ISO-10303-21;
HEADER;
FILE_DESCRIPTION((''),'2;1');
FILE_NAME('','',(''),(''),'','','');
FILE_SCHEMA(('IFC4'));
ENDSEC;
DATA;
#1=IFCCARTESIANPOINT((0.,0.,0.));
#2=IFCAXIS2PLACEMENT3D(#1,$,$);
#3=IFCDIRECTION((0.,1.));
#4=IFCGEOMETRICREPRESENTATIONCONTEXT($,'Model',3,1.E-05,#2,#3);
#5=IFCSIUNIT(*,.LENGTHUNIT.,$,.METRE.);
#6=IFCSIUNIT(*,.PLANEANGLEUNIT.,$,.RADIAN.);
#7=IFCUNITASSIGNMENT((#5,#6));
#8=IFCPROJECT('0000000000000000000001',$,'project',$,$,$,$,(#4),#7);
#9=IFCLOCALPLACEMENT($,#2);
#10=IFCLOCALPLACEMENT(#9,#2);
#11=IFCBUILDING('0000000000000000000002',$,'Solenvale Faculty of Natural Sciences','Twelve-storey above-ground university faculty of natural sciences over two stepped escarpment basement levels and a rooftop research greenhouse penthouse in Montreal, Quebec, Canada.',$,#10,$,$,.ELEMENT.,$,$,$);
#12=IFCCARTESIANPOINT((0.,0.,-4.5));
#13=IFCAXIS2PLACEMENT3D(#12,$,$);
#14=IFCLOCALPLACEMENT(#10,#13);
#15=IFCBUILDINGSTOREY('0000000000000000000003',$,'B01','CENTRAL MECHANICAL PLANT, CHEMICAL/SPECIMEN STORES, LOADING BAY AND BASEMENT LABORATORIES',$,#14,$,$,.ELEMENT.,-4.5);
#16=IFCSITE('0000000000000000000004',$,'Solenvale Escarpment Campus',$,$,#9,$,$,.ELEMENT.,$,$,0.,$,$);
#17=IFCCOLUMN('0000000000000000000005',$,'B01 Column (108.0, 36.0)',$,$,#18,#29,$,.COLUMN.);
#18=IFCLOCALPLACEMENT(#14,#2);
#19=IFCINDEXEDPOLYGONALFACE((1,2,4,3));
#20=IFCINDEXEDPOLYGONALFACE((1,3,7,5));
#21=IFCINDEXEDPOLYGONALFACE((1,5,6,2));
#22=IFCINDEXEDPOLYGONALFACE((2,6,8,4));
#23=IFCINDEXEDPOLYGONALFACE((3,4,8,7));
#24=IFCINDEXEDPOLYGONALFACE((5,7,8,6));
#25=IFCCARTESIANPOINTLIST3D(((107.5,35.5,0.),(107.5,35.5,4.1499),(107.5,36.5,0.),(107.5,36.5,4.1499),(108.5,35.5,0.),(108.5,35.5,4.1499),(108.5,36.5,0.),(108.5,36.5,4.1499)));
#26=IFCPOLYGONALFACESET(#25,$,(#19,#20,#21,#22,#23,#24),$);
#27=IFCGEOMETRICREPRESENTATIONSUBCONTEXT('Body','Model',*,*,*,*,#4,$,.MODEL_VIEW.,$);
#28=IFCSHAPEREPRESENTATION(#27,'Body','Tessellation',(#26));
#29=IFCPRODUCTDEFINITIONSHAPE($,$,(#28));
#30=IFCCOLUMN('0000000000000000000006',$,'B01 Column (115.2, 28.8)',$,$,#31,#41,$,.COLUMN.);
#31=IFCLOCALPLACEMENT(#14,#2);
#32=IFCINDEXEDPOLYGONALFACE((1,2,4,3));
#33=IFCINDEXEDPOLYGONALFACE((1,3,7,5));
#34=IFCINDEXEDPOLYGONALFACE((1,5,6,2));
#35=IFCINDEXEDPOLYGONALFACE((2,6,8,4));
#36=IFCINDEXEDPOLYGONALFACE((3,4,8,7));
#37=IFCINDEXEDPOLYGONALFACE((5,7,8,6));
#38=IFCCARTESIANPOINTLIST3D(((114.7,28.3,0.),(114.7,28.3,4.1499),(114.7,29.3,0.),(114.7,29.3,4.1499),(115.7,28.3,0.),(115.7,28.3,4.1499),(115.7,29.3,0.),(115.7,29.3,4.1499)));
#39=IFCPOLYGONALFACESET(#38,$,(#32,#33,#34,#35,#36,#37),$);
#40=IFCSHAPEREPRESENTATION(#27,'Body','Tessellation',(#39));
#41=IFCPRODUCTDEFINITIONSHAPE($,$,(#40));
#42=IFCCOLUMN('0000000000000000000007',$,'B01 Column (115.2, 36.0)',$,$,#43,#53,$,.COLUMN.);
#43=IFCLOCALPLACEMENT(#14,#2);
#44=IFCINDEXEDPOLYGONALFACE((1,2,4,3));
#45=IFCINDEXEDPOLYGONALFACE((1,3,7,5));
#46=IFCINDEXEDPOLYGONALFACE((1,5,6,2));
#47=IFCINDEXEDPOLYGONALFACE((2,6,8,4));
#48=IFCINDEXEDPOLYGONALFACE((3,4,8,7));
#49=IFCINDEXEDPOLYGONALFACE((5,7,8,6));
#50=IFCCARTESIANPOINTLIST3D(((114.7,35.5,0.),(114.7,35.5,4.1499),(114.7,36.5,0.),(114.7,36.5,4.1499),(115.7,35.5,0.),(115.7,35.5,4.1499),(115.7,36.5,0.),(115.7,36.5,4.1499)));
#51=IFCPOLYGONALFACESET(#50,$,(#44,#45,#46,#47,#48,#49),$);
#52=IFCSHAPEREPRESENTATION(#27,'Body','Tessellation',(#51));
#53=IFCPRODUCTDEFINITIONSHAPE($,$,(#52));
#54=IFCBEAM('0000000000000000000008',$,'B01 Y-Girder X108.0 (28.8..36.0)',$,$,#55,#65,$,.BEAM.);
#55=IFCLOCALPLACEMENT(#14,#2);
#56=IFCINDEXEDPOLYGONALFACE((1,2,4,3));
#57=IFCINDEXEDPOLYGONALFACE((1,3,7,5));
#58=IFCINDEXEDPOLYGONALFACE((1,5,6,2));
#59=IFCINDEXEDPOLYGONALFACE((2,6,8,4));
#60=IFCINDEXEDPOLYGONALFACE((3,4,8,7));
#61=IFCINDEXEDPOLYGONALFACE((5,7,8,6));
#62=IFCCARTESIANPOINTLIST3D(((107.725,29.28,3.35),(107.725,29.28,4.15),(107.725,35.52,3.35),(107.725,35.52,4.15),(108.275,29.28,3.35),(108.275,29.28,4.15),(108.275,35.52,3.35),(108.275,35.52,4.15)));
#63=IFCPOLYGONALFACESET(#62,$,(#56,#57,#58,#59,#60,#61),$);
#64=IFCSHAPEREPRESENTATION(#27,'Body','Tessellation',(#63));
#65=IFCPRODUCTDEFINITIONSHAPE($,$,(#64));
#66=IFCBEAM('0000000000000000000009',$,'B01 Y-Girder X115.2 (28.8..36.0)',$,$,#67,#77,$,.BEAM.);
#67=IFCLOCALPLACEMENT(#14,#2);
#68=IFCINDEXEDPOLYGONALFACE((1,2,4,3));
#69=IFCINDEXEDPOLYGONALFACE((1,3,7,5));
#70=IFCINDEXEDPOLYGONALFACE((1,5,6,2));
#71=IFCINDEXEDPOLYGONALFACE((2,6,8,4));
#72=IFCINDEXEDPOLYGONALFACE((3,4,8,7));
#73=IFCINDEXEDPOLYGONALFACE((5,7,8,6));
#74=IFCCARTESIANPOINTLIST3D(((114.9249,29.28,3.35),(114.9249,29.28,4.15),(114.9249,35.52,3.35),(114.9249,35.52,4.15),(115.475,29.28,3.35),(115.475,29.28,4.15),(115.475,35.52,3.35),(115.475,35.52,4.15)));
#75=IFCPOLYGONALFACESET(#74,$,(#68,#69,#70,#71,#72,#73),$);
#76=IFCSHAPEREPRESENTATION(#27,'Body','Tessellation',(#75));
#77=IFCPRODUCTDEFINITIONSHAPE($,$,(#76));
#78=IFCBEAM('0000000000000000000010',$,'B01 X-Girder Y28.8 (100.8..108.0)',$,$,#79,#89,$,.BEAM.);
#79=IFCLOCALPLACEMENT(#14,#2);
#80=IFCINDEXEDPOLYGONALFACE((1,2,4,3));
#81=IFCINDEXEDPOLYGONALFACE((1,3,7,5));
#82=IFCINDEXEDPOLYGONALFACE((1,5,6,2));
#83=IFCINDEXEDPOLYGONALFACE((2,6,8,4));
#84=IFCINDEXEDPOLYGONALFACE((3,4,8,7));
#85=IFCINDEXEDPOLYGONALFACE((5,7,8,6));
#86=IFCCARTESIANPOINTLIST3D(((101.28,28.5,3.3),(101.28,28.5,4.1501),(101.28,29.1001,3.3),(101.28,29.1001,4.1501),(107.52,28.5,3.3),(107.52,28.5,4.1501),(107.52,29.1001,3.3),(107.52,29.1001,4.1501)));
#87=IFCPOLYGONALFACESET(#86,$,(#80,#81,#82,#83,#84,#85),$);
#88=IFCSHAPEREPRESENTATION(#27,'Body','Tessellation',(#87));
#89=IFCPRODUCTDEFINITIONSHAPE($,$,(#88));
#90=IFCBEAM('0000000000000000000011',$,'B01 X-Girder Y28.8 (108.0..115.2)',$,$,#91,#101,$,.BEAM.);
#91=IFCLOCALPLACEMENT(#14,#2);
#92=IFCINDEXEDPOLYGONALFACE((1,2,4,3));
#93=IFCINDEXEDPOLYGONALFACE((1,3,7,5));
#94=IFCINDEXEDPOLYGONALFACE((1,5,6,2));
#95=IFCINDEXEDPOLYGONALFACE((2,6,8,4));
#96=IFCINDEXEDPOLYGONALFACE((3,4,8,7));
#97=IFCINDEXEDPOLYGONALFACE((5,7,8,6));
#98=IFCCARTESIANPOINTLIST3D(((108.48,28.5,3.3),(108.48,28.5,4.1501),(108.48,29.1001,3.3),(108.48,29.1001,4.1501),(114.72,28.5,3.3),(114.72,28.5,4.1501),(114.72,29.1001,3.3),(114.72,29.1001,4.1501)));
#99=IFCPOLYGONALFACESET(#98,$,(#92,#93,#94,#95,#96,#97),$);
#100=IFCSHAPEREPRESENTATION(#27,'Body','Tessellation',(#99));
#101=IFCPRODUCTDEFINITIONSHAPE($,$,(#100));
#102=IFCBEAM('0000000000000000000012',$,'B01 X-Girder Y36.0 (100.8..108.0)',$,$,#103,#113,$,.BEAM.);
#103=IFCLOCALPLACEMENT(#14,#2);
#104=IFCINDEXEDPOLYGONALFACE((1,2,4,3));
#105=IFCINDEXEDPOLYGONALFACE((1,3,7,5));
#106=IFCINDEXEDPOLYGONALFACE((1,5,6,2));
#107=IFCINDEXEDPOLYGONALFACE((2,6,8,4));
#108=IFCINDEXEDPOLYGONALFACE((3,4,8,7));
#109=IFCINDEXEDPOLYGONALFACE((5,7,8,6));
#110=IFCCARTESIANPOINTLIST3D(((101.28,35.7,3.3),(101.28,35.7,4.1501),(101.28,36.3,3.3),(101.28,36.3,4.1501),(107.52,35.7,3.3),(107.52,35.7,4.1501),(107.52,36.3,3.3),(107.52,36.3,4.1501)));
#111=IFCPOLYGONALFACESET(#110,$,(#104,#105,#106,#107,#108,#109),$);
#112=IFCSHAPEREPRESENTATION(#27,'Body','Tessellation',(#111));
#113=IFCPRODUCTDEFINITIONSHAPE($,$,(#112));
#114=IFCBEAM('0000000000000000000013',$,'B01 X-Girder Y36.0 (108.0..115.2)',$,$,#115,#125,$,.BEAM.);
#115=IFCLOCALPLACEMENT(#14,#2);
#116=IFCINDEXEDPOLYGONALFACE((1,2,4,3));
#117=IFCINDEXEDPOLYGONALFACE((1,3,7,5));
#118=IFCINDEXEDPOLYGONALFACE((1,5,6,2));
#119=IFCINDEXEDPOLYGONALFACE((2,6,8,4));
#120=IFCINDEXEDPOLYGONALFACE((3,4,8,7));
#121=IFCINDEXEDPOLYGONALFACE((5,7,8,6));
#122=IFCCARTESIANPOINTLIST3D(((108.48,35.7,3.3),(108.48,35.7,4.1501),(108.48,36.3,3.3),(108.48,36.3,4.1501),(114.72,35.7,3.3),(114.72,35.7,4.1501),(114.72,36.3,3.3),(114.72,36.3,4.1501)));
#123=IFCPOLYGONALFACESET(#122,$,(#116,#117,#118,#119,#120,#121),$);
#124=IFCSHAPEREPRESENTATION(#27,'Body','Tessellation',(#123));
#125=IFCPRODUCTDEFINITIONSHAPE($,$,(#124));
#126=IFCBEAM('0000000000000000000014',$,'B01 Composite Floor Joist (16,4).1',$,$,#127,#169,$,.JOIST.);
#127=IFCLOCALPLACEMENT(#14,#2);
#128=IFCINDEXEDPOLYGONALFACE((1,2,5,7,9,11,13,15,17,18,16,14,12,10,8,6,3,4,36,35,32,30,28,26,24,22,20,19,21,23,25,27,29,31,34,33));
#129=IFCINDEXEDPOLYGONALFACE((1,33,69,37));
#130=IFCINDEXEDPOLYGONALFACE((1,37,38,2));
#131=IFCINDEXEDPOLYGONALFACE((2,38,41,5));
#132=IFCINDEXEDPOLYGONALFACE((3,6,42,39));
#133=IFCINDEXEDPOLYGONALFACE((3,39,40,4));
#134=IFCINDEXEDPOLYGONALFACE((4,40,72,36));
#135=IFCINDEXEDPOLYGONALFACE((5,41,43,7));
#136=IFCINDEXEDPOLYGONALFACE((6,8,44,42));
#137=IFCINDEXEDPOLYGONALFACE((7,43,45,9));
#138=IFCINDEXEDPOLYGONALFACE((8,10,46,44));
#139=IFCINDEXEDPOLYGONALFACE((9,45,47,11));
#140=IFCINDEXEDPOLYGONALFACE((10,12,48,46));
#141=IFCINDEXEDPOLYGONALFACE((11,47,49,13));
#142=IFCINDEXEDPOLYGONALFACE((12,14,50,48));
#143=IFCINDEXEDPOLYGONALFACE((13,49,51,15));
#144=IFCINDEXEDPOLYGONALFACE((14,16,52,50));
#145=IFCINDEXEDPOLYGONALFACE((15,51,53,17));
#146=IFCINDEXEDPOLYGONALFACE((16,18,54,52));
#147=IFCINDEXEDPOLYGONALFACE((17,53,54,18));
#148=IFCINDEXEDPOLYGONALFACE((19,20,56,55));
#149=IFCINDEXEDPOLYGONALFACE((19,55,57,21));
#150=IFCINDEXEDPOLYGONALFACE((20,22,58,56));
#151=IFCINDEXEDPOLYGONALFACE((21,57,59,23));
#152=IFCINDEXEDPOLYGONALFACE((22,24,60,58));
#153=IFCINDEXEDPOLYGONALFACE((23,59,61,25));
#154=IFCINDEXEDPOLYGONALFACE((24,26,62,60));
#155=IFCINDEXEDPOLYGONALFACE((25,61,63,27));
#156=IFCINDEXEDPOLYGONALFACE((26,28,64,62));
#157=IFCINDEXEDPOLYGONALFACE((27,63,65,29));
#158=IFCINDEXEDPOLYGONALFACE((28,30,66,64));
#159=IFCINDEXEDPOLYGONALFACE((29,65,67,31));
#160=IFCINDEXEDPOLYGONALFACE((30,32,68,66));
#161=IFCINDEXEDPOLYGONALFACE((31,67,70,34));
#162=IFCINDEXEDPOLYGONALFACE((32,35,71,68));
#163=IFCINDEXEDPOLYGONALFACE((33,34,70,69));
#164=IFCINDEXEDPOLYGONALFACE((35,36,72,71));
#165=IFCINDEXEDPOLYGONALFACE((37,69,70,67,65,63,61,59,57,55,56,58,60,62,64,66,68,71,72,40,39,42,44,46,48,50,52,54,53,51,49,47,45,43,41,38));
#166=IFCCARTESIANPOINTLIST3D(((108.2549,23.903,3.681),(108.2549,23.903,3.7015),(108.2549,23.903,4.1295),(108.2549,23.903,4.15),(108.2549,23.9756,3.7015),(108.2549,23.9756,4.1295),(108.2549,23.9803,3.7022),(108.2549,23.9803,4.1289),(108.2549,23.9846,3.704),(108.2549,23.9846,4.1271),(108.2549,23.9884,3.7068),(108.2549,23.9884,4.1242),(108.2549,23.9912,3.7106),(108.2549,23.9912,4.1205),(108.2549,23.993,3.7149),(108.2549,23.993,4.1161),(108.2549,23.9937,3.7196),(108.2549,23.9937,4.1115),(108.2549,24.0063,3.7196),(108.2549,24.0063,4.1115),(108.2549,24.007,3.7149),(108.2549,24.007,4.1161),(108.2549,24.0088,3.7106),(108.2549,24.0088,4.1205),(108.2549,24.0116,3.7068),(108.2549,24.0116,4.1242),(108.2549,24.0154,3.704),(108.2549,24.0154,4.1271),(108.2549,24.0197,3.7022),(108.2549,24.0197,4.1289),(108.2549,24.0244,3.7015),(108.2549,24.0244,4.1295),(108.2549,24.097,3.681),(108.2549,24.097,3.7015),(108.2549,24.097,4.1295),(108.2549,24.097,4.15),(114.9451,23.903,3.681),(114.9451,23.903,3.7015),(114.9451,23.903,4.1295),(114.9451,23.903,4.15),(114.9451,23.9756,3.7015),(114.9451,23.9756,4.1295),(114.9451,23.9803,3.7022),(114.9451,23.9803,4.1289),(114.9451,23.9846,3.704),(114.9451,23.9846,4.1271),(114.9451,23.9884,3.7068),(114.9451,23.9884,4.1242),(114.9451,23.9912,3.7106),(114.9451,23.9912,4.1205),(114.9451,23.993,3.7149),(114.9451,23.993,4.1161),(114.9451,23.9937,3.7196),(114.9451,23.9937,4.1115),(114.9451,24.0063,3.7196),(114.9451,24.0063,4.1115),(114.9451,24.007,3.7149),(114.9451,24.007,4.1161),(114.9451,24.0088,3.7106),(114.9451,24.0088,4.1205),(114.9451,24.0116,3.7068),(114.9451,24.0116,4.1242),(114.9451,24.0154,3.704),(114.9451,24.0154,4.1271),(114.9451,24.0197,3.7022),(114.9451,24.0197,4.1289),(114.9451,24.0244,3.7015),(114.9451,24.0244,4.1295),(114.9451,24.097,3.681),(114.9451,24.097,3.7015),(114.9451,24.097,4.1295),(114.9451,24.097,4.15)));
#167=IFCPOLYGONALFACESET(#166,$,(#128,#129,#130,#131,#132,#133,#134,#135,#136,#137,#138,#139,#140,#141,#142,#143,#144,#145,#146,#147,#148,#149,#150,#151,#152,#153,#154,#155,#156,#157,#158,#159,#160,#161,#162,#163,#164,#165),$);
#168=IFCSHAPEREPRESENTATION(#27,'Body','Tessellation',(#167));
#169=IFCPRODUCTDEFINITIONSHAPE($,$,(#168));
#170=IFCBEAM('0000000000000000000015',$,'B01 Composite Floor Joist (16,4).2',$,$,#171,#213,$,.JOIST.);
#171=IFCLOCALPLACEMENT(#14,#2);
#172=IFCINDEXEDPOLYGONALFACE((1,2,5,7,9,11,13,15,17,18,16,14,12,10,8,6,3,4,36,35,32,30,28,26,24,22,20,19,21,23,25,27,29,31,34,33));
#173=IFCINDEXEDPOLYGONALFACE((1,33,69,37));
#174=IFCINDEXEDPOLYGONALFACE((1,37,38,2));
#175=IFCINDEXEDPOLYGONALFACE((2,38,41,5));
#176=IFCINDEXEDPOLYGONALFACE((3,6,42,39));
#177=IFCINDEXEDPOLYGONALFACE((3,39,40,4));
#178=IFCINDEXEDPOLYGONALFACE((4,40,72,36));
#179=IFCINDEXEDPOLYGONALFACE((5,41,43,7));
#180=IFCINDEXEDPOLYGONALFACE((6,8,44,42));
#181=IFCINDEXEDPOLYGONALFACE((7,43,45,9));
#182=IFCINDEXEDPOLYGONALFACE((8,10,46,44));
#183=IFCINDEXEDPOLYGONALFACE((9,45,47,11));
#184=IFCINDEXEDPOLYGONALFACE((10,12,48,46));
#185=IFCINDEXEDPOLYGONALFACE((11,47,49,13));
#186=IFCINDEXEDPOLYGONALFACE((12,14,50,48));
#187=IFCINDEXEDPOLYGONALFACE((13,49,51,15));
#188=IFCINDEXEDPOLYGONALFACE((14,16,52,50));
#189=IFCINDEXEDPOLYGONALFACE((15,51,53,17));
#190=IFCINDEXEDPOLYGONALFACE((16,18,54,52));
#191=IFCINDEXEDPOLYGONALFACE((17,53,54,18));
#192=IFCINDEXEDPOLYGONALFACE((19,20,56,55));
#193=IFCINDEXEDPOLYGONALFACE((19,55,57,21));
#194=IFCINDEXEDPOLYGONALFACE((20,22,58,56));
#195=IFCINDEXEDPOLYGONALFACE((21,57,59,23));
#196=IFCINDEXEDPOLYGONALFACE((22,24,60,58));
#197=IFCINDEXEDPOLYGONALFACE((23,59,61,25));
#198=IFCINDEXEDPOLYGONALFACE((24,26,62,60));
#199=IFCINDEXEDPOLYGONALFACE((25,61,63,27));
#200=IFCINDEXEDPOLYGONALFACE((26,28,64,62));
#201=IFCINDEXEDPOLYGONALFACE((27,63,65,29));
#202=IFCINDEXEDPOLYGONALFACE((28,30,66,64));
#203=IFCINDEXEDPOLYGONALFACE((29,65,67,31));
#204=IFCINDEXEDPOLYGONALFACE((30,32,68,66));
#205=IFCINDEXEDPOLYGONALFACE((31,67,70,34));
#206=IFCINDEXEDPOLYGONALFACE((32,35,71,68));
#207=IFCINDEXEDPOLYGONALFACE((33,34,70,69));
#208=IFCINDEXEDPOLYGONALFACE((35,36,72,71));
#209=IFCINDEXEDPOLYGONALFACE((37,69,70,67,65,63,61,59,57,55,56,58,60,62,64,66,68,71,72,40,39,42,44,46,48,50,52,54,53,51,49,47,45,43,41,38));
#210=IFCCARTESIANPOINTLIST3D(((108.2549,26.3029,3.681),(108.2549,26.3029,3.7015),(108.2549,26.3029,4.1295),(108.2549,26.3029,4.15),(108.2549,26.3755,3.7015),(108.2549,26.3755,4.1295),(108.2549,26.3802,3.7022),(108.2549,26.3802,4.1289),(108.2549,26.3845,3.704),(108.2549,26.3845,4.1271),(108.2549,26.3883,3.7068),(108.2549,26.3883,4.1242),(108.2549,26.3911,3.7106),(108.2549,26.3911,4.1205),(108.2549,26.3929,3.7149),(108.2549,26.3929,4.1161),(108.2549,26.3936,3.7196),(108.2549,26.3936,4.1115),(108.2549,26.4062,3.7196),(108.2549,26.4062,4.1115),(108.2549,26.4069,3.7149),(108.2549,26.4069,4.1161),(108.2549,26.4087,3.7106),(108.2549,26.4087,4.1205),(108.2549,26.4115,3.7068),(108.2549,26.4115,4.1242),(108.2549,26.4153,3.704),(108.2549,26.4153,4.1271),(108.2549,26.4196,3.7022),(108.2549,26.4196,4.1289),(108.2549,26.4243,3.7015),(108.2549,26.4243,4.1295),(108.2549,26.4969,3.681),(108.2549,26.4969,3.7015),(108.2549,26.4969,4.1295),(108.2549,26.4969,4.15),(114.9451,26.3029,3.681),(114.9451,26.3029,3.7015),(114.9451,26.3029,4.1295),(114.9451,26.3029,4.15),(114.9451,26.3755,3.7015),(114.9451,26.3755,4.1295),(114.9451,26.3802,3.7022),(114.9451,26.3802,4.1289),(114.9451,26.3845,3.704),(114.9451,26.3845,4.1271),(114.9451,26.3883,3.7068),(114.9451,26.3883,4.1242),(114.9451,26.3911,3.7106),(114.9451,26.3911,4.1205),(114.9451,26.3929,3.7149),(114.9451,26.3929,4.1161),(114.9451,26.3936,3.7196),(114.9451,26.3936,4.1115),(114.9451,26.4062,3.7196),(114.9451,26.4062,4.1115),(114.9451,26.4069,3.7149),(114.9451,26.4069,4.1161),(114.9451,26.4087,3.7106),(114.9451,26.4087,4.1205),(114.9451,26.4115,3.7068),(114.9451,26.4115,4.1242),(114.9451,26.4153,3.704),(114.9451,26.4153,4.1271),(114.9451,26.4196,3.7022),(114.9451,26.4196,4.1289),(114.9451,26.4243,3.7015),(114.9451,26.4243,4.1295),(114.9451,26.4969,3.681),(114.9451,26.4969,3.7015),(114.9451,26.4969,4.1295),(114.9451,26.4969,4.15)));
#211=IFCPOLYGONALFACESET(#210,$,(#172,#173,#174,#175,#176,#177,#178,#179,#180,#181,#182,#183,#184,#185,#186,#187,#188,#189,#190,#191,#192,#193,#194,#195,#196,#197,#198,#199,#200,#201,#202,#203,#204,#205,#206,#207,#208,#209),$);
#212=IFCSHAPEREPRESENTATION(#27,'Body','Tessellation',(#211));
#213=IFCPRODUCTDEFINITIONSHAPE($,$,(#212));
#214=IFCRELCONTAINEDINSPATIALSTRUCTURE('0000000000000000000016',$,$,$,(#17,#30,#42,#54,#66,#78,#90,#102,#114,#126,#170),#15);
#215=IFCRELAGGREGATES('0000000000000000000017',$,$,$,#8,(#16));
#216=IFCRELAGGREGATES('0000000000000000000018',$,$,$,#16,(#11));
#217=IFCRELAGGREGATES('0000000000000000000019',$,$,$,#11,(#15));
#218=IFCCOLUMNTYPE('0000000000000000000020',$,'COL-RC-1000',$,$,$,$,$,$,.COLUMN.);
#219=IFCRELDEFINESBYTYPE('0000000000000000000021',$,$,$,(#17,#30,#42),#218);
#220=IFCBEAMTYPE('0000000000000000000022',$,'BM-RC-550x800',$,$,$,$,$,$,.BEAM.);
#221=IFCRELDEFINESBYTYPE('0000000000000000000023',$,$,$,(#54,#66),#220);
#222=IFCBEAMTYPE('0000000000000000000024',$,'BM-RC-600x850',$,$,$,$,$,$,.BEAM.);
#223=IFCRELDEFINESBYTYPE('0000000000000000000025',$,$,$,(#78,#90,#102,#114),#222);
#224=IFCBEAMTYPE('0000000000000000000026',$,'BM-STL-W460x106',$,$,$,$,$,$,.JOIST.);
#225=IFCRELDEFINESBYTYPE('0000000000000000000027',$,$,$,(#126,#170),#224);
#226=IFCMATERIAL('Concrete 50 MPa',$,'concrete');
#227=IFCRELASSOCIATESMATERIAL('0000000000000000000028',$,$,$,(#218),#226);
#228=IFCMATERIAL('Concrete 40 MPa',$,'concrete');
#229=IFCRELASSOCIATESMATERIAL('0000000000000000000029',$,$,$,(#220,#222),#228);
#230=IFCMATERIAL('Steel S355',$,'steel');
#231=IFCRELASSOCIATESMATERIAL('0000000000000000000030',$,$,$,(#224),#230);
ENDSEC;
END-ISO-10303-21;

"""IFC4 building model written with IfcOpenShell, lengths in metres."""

from ifc_helpers import new_model, si_unit, direction, frame, origin, origin_2d, place, context, subcontext, project, spatial, rectangle, i_section, extrude, material, material_profile, profile_set, type_object, element, save


model = new_model("IFC4")

# Units and contexts
model_context = context("Model", 3, precision=1e-05, world=origin(), true_north=direction((0.0, 1.0)))
body_context = subcontext(model_context, "Body", "Model", "MODEL_VIEW")
ifc_project = project(units=[si_unit("LENGTHUNIT", "METRE"), si_unit("PLANEANGLEUNIT", "RADIAN")], contexts=[model_context])

# Site, building, storey
site_placement = place(None, origin())
site = spatial("IfcSite", under=ifc_project, at=site_placement, Name="Solenvale Escarpment Campus", CompositionType="ELEMENT", RefElevation=0.0)
building_placement = place(site_placement, origin())
building = spatial("IfcBuilding", under=site, at=building_placement, Name="Solenvale Faculty of Natural Sciences", Description="Twelve-storey above-ground university faculty of natural sciences over two stepped escarpment basement levels and a rooftop research greenhouse penthouse in Montreal, Quebec, Canada.", CompositionType="ELEMENT")
storey_placement = place(building_placement, frame((0.0, 0.0, -4.5)))
storey = spatial("IfcBuildingStorey", under=building, at=storey_placement, Name="B01", Description="CENTRAL MECHANICAL PLANT, CHEMICAL/SPECIMEN STORES, LOADING BAY AND BASEMENT LABORATORIES", CompositionType="ELEMENT", Elevation=-4.5)

# Shared definitions
ifc_material_1 = material(Name="Concrete 40 MPa", Category="concrete")

# Columns
ifc_material_2 = material(Name="Concrete 50 MPa", Category="concrete")
ifc_material_profile_1 = material_profile(ifc_material_2, rectangle(XDim=1.0, YDim=1.0, at=origin_2d()), Name="RC-COL-1000x1000")
ifc_profile_set_1 = profile_set([ifc_material_profile_1], Name="Concrete 50 MPa")
column_type = type_object("IfcColumnType", Name="COL-RC-1000", PredefinedType="COLUMN", material=ifc_profile_set_1)
for number, where, z_axis, x_axis, name in (
    (1, (108.0, 36.0, 0.0), (0.0, 0.0, 1.0), (1.0, 0.0, 0.0), "B01 Column (108.0, 36.0)"),
    (2, (115.2, 28.8, 0.0), (0.0, 0.0, 1.0), (1.0, 0.0, 0.0), "B01 Column (115.2, 28.8)"),
    (3, (115.2, 36.0, 0.0), (0.0, 0.0, 1.0), (1.0, 0.0, 0.0), "B01 Column (115.2, 36.0)"),
):
    element("IfcColumn", number, at=place(storey_placement, frame(where, z_axis=z_axis, x_axis=x_axis)), inside=storey, type_object=column_type, Name=name, PredefinedType="COLUMN", context=body_context, shape_type="SweptSolid", body=[
        extrude(rectangle(XDim=1.0, YDim=1.0, at=origin_2d()), origin(), (0.0, 0.0, 1.0), 4.1499),
    ])

# Beams
ifc_material_profile_2 = material_profile(ifc_material_1, rectangle(XDim=0.55, YDim=0.8, at=origin_2d()), Name="RC-BM-550x800")
ifc_profile_set_2 = profile_set([ifc_material_profile_2], Name="Concrete 40 MPa")
beam_type_1 = type_object("IfcBeamType", Name="BM-RC-550x800", PredefinedType="BEAM", material=ifc_profile_set_2)
for number, where, z_axis, x_axis, name in (
    (4, (108.0, 29.28, 3.75), (0.0, 1.0, 0.0), (-1.0, 0.0, 0.0), "B01 Y-Girder X108.0 (28.8..36.0)"),
    (5, (115.2, 29.28, 3.75), (0.0, 1.0, 0.0), (-1.0, 0.0, 0.0), "B01 Y-Girder X115.2 (28.8..36.0)"),
):
    element("IfcBeam", number, at=place(storey_placement, frame(where, z_axis=z_axis, x_axis=x_axis)), inside=storey, type_object=beam_type_1, Name=name, PredefinedType="BEAM", context=body_context, shape_type="SweptSolid", body=[
        extrude(rectangle(XDim=0.55, YDim=0.8, at=origin_2d()), origin(), (0.0, 0.0, 1.0), 6.24),
    ])
ifc_material_profile_3 = material_profile(ifc_material_1, rectangle(XDim=0.6001, YDim=0.8501, at=origin_2d()), Name="RC-BM-600x850")
ifc_profile_set_3 = profile_set([ifc_material_profile_3], Name="Concrete 40 MPa")
beam_type_2 = type_object("IfcBeamType", Name="BM-RC-600x850", PredefinedType="BEAM", material=ifc_profile_set_3)
for number, where, z_axis, x_axis, name in (
    (6, (101.28, 28.8, 3.7251), (1.0, 0.0, 0.0), (0.0, 1.0, 0.0), "B01 X-Girder Y28.8 (100.8..108.0)"),
    (7, (108.48, 28.8, 3.7251), (1.0, 0.0, 0.0), (0.0, 1.0, 0.0), "B01 X-Girder Y28.8 (108.0..115.2)"),
    (8, (101.28, 36.0, 3.7251), (1.0, 0.0, 0.0), (0.0, 1.0, 0.0), "B01 X-Girder Y36.0 (100.8..108.0)"),
    (9, (108.48, 36.0, 3.7251), (1.0, 0.0, 0.0), (0.0, 1.0, 0.0), "B01 X-Girder Y36.0 (108.0..115.2)"),
):
    element("IfcBeam", number, at=place(storey_placement, frame(where, z_axis=z_axis, x_axis=x_axis)), inside=storey, type_object=beam_type_2, Name=name, PredefinedType="BEAM", context=body_context, shape_type="SweptSolid", body=[
        extrude(rectangle(XDim=0.6001, YDim=0.8501, at=origin_2d()), origin(), (0.0, 0.0, 1.0), 6.24),
    ])
ifc_material_3 = material(Name="Steel S355", Category="steel")
ifc_material_profile_4 = material_profile(ifc_material_3, i_section(OverallWidth=0.1941, OverallDepth=0.469, WebThickness=0.0127, FlangeThickness=0.0205, FilletRadius=0.0181, at=origin_2d()), Name="W460x106")
ifc_profile_set_4 = profile_set([ifc_material_profile_4], Name="Steel S355")
beam_type_3 = type_object("IfcBeamType", Name="BM-STL-W460x106", PredefinedType="JOIST", material=ifc_profile_set_4)
for number, where, z_axis, x_axis, name in (
    (10, (108.2549, 24.0, 3.9155), (1.0, 0.0, 0.0), (0.0, 1.0, 0.0), "B01 Composite Floor Joist (16,4).1"),
    (11, (108.2549, 26.3999, 3.9155), (1.0, 0.0, 0.0), (0.0, 1.0, 0.0), "B01 Composite Floor Joist (16,4).2"),
):
    element("IfcBeam", number, at=place(storey_placement, frame(where, z_axis=z_axis, x_axis=x_axis)), inside=storey, type_object=beam_type_3, Name=name, PredefinedType="JOIST", context=body_context, shape_type="SweptSolid", body=[
        extrude(i_section(OverallWidth=0.1941, OverallDepth=0.469, WebThickness=0.0127, FlangeThickness=0.0205, FilletRadius=0.0181, at=origin_2d()), origin(), (0.0, 0.0, 1.0), 6.6902),
    ])

save(model, "model.ifc")
